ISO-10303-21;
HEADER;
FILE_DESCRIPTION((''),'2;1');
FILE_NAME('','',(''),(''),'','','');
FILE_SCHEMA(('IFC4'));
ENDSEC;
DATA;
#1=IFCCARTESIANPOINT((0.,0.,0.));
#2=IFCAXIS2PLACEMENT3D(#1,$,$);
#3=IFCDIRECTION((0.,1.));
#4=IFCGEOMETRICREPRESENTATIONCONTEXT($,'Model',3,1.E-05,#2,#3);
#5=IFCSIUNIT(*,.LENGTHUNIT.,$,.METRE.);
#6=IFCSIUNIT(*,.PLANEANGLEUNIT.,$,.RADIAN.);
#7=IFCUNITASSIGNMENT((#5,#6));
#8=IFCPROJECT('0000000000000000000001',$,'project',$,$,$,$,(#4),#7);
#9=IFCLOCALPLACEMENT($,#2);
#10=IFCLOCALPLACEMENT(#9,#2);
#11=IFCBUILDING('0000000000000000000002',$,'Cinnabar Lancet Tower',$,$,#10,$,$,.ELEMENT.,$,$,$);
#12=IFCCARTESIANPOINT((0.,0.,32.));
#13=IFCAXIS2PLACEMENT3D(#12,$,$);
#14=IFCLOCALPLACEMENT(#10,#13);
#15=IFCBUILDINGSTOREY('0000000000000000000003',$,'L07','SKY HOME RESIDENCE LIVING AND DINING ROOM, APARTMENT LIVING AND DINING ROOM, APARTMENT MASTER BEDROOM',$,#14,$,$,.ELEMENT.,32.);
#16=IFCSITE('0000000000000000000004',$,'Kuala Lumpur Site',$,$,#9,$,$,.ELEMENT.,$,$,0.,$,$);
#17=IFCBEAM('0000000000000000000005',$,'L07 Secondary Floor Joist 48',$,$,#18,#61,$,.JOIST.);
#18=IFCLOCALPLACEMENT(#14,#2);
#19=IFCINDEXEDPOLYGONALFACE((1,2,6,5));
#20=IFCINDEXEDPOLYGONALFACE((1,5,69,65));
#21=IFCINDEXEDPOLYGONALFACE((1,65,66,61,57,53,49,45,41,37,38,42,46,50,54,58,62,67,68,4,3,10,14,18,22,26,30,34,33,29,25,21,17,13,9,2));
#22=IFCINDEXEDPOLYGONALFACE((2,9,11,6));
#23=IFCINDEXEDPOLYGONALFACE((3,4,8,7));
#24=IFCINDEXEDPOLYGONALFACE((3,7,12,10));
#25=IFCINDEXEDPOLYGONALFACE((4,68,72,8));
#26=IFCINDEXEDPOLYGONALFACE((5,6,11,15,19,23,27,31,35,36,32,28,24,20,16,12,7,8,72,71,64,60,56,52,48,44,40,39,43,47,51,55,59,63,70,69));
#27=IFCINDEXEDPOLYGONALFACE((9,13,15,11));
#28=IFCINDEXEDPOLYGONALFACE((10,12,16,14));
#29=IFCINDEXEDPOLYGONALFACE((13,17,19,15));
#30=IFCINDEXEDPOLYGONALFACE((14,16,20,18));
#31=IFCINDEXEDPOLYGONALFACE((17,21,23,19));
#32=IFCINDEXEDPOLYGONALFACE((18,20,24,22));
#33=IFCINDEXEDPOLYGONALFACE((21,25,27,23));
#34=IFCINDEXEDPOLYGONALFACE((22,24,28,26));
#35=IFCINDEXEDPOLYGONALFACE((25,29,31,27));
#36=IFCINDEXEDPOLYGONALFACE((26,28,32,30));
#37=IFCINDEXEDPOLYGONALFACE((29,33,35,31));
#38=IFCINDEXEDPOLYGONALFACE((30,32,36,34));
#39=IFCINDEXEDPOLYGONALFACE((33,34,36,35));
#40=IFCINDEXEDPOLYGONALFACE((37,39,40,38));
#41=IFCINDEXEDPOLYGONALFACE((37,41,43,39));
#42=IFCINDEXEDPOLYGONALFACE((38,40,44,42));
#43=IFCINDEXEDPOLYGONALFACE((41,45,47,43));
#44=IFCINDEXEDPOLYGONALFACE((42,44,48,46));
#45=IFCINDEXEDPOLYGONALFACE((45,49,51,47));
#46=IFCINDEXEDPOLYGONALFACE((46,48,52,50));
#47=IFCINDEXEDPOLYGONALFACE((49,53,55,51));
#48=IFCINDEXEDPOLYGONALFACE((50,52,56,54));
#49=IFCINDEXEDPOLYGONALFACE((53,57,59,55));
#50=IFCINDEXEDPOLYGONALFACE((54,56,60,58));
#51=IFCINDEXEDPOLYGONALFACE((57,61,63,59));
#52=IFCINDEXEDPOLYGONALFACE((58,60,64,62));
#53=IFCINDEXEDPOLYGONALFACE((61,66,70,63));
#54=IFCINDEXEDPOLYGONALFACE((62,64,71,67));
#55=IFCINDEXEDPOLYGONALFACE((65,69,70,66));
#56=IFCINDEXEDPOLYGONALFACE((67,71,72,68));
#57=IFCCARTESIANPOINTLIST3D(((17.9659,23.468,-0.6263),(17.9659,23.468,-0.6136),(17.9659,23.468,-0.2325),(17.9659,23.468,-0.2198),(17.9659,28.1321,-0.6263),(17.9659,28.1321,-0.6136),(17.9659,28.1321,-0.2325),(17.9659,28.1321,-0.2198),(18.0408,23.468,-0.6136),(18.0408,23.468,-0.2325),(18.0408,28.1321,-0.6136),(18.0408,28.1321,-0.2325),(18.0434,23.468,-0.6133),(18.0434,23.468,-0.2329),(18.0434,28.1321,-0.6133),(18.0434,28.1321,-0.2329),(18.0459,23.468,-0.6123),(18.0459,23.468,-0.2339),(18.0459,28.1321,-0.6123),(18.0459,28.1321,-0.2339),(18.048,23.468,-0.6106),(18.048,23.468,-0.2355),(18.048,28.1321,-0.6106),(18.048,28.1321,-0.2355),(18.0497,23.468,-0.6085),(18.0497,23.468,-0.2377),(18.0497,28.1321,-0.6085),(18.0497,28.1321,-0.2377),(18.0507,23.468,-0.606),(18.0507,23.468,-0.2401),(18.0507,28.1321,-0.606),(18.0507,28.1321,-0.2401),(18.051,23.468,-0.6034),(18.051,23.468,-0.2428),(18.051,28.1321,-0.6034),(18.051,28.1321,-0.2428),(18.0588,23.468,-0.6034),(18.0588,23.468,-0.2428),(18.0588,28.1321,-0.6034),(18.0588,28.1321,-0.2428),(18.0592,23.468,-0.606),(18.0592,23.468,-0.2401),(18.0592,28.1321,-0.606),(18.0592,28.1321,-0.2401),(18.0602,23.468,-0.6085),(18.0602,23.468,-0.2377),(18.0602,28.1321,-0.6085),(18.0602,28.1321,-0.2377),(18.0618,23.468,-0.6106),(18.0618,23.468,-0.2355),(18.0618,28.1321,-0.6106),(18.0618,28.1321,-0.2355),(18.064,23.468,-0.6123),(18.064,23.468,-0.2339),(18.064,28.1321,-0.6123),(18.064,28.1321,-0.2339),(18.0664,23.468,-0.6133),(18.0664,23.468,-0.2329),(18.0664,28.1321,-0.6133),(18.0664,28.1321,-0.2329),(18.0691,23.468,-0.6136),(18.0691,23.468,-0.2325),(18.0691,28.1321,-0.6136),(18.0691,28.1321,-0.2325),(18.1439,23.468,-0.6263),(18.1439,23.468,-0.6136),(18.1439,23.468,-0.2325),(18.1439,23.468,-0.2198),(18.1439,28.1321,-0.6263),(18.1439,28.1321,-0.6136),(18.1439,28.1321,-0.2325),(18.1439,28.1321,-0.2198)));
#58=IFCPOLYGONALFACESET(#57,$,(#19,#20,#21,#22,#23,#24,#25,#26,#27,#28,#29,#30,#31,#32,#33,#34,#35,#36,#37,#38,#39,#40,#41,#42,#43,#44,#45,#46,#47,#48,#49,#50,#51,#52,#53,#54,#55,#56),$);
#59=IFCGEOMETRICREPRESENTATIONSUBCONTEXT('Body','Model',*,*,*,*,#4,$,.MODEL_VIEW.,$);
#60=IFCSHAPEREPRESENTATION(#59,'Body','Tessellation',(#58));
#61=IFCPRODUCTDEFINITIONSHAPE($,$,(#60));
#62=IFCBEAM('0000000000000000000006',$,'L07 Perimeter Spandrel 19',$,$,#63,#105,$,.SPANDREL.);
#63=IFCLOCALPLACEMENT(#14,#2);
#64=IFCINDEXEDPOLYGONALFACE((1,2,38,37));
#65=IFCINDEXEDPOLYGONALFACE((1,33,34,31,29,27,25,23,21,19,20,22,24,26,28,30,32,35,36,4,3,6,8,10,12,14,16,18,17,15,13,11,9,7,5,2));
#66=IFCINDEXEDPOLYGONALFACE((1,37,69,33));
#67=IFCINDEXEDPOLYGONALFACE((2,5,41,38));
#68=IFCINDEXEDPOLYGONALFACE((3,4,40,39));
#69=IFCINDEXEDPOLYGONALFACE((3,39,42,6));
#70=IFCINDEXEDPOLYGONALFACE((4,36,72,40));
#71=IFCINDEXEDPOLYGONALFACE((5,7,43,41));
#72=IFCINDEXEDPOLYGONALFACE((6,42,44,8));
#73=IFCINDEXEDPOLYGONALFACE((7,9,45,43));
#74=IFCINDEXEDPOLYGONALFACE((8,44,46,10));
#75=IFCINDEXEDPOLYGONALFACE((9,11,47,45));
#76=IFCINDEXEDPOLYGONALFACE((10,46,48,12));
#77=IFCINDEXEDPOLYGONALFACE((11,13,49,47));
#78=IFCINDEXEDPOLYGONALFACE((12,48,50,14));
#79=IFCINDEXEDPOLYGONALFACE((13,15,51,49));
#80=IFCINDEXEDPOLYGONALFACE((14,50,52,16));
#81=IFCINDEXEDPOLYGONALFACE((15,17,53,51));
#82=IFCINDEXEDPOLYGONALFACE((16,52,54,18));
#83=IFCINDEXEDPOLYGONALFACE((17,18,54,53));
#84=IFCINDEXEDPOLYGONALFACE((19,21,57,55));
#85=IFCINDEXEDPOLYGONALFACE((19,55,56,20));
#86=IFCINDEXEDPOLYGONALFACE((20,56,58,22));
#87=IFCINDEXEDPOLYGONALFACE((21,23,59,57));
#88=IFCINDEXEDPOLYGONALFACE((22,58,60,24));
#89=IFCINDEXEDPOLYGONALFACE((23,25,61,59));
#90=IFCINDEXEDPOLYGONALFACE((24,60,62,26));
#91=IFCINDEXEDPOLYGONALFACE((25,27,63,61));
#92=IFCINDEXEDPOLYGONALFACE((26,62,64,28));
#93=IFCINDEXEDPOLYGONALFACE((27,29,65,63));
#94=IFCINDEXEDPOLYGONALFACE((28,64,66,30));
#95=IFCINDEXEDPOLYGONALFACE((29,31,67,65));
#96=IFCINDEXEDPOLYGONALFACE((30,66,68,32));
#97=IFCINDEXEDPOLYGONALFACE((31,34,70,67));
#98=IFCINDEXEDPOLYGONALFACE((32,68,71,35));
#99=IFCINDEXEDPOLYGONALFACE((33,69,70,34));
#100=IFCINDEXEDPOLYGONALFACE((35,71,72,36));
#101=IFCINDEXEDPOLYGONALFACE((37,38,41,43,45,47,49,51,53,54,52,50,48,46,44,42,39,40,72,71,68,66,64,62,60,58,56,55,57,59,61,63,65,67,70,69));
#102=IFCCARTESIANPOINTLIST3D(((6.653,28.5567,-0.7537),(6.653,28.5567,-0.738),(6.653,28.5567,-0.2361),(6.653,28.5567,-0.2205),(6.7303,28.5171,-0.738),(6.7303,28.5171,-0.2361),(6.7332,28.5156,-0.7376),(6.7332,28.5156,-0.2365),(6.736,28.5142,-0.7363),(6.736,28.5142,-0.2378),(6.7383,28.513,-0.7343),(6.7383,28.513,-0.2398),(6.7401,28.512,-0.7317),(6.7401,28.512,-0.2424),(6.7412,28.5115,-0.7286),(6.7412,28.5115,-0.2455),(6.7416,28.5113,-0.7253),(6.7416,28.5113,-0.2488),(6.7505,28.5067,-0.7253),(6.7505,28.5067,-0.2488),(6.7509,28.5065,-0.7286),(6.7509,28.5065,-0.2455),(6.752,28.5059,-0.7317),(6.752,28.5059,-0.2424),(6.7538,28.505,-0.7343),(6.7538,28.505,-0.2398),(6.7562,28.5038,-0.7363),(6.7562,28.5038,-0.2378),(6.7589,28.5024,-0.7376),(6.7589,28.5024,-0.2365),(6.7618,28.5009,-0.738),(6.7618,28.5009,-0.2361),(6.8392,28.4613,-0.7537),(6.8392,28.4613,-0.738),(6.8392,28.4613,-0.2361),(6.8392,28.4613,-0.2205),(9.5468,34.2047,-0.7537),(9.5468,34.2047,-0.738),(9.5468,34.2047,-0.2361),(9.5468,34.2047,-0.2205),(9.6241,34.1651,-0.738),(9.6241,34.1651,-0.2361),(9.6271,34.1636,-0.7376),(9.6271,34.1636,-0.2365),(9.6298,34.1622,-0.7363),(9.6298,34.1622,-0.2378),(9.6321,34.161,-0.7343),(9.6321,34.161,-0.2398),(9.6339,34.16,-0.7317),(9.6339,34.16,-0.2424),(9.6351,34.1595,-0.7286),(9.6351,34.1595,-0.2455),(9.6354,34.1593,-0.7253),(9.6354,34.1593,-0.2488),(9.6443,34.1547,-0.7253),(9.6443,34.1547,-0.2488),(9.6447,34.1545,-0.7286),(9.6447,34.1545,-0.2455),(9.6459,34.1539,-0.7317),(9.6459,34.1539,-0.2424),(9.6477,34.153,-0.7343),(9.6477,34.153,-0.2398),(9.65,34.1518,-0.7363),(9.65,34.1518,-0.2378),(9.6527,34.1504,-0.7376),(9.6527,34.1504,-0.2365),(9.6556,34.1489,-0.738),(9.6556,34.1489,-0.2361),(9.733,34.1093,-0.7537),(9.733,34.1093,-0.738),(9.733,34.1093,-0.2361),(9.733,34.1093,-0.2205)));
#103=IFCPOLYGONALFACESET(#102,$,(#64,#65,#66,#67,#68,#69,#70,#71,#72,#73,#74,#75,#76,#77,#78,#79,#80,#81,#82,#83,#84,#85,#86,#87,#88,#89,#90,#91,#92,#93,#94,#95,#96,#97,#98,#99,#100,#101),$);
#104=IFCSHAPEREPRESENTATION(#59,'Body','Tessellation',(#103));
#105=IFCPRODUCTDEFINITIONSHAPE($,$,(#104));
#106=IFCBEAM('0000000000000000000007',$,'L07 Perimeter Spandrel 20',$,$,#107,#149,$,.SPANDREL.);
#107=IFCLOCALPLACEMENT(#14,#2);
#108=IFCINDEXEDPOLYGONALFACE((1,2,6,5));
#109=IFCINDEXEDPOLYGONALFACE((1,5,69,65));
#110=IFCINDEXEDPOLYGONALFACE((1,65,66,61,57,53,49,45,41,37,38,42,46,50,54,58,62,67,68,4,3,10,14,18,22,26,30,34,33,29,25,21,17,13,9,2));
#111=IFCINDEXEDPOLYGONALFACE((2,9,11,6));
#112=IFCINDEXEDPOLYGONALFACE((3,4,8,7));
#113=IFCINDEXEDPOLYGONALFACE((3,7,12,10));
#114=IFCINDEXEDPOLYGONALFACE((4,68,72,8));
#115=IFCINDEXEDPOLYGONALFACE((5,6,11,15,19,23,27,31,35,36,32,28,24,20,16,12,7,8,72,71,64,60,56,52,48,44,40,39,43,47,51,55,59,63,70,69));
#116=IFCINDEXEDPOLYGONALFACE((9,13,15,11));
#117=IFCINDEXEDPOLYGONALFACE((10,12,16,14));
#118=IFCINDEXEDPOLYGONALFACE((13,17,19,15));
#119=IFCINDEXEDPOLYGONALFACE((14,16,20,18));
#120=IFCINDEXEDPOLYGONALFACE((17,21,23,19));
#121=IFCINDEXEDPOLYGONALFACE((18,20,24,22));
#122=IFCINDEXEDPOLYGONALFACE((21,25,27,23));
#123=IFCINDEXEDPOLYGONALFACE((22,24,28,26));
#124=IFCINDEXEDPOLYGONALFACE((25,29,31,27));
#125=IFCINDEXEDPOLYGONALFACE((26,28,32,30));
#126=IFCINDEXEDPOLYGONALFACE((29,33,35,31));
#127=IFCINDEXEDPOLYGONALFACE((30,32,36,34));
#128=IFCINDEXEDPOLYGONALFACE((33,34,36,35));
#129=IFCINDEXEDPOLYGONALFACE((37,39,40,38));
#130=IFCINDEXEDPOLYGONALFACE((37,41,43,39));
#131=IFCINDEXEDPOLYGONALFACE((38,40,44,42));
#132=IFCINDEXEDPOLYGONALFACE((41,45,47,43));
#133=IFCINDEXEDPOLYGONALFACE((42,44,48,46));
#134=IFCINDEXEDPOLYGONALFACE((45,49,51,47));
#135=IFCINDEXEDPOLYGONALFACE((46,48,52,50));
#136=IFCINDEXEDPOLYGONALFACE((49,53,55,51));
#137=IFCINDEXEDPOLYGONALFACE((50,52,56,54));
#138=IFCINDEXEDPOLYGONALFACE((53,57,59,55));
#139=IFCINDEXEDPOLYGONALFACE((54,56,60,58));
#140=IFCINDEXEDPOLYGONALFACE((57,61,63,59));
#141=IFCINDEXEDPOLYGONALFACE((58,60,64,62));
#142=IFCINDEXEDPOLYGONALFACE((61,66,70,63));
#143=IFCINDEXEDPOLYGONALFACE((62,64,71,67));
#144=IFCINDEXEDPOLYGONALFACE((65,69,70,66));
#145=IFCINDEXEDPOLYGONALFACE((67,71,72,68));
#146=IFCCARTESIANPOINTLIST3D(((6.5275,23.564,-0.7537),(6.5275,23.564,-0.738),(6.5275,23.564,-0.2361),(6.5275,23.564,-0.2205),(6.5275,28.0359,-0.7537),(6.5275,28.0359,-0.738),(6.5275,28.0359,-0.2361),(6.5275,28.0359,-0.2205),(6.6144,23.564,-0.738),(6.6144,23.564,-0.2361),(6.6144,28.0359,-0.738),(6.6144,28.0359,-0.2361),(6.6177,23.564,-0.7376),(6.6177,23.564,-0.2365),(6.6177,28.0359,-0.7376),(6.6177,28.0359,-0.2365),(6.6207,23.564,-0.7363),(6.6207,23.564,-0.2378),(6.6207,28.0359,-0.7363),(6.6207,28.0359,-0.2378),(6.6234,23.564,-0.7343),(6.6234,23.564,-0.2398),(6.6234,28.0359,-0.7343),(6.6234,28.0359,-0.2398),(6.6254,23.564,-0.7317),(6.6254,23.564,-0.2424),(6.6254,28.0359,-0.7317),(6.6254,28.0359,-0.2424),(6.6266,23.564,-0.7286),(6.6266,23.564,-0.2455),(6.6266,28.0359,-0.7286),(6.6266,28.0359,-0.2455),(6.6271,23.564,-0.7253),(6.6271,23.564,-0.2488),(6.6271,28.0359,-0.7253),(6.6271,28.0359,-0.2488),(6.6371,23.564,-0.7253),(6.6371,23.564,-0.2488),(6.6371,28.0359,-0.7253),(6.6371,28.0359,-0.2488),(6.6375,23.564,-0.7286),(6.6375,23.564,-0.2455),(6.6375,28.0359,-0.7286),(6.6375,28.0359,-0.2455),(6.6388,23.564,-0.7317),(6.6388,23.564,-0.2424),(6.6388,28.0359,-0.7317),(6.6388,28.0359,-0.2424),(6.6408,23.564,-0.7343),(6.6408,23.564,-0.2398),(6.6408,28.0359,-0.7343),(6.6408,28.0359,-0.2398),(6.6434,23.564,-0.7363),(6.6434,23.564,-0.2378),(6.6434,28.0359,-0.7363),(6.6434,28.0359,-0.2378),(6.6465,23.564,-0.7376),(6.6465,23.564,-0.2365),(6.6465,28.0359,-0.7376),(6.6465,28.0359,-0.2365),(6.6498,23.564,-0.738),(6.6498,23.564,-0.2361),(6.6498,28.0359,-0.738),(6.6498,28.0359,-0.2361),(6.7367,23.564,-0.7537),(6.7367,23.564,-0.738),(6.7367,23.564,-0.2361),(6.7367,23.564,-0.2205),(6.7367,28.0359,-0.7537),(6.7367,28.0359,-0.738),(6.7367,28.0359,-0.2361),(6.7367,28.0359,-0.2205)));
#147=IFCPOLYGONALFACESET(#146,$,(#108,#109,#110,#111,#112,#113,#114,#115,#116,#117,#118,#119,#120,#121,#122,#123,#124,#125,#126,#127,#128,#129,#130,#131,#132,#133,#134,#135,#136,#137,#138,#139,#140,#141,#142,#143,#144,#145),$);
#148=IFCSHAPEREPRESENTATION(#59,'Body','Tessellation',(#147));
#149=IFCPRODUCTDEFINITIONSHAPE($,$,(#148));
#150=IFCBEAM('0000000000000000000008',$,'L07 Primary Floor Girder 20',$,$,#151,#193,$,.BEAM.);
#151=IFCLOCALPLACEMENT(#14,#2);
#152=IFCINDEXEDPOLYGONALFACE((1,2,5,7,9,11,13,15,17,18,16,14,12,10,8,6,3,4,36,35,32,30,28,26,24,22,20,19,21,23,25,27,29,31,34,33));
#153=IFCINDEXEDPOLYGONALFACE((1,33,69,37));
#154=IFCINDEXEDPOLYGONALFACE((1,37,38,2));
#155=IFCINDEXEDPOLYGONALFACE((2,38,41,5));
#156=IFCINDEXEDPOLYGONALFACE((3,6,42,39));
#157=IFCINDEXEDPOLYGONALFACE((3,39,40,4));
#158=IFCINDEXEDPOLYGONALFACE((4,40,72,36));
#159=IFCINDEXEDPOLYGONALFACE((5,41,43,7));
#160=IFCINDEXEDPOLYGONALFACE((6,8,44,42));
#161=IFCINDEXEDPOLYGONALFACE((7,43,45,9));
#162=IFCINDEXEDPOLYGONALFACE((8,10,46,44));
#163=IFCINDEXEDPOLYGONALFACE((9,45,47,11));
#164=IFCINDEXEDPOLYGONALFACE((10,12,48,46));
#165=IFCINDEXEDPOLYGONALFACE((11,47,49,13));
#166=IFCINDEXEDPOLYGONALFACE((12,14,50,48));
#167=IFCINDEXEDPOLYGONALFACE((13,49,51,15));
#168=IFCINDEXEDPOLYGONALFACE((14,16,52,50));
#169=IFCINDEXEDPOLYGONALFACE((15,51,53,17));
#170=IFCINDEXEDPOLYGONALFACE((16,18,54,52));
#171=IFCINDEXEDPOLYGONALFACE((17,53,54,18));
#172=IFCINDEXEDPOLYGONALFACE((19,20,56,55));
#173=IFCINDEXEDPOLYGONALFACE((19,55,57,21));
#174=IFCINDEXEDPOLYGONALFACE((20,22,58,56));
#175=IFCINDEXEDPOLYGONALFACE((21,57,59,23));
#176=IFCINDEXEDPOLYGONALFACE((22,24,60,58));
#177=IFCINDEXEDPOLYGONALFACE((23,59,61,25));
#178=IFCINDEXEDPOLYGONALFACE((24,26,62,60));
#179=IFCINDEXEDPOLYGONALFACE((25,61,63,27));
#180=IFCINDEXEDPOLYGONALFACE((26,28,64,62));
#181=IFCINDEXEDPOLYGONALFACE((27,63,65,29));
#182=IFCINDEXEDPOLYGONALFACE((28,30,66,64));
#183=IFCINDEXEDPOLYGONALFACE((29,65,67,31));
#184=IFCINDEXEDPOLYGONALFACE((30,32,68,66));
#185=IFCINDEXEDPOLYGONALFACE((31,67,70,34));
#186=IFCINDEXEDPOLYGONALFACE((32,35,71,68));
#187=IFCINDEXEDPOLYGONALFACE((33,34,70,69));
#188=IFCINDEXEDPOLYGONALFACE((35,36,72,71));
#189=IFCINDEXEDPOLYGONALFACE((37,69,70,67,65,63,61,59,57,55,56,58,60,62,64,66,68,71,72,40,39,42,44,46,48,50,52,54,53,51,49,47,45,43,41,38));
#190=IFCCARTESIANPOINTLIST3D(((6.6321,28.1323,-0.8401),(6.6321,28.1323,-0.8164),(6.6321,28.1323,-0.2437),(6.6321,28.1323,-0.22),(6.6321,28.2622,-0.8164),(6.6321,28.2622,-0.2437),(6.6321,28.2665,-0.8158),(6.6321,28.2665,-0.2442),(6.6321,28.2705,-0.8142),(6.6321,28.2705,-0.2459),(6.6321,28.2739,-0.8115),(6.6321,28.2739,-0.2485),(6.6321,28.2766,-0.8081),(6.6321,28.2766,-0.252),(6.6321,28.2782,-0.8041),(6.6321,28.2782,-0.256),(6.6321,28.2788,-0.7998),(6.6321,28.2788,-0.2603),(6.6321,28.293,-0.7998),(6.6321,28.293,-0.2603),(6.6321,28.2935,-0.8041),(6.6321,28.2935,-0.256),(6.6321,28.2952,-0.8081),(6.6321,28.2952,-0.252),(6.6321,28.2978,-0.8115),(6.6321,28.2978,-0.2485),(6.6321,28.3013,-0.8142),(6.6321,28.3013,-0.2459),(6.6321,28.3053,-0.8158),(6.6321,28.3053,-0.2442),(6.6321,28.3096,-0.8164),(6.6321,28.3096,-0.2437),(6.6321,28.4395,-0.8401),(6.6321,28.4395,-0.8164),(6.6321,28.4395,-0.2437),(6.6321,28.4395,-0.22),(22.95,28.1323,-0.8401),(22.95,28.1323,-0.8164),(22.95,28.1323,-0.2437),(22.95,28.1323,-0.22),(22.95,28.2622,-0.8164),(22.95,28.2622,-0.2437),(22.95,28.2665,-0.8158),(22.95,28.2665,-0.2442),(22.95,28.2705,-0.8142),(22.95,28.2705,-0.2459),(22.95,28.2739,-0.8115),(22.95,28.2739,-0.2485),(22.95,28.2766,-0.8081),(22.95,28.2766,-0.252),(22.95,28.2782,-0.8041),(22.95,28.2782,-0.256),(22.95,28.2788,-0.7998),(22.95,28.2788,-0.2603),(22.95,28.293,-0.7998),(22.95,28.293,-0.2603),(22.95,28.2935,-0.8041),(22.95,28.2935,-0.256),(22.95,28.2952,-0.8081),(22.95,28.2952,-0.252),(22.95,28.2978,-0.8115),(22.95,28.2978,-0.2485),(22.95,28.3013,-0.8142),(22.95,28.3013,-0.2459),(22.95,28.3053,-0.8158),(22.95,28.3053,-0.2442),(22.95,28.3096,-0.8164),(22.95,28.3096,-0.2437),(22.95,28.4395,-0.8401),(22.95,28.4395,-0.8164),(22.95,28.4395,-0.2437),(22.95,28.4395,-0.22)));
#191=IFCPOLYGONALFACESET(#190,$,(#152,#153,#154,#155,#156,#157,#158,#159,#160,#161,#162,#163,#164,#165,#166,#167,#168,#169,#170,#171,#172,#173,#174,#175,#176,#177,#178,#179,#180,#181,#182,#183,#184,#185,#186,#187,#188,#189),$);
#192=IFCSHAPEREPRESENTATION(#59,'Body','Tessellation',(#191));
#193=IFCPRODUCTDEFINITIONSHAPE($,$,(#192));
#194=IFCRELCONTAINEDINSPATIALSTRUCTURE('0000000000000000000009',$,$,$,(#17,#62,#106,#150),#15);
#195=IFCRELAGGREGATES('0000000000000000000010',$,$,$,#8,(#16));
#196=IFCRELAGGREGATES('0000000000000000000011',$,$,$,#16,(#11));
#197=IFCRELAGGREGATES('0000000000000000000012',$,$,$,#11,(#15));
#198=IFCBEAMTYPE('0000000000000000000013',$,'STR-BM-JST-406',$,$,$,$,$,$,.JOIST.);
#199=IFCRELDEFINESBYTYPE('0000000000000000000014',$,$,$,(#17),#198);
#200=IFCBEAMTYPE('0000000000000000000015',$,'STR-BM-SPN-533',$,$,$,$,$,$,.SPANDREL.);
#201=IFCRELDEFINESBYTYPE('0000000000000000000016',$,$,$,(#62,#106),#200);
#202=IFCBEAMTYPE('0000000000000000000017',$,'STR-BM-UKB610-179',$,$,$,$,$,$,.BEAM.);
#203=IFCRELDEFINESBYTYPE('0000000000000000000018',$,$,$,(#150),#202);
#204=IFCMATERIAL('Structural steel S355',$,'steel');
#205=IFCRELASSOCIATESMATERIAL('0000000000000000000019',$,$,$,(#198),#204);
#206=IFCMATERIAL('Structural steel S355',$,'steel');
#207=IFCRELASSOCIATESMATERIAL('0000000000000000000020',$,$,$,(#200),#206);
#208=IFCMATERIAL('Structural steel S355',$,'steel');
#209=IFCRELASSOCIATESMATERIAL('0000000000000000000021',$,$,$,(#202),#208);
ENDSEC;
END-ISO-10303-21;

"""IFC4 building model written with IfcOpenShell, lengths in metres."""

from ifc_helpers import new_model, si_unit, direction, frame, origin, origin_2d, place, context, subcontext, project, spatial, i_section, extrude, material, material_profile, profile_set, type_object, element, save


model = new_model("IFC4")

# Units and contexts
model_context = context("Model", 3, precision=1e-05, world=origin(), true_north=direction((0.0, 1.0)))
body_context = subcontext(model_context, "Body", "Model", "MODEL_VIEW")
ifc_project = project(units=[si_unit("LENGTHUNIT", "METRE"), si_unit("PLANEANGLEUNIT", "RADIAN")], contexts=[model_context])

# Site, building, storey
site_placement = place(None, origin())
site = spatial("IfcSite", under=ifc_project, at=site_placement, Name="Kuala Lumpur Site", CompositionType="ELEMENT", RefElevation=0.0)
building_placement = place(site_placement, origin())
building = spatial("IfcBuilding", under=site, at=building_placement, Name="Cinnabar Lancet Tower", CompositionType="ELEMENT")
storey_placement = place(building_placement, frame((0.0, 0.0, 32.0)))
storey = spatial("IfcBuildingStorey", under=building, at=storey_placement, Name="L07", Description="SKY HOME RESIDENCE LIVING AND DINING ROOM, APARTMENT LIVING AND DINING ROOM, APARTMENT MASTER BEDROOM", CompositionType="ELEMENT", Elevation=32.0)

# Beams
ifc_material_1 = material(Name="Structural steel S355", Category="steel")
ifc_material_profile_1 = material_profile(ifc_material_1, i_section(OverallWidth=0.178, OverallDepth=0.4065, WebThickness=0.0078, FlangeThickness=0.0127, FilletRadius=0.0103, at=origin_2d()), Name="UKB 406x178x60")
ifc_profile_set_1 = profile_set([ifc_material_profile_1], Name="Structural steel S355")
beam_type_1 = type_object("IfcBeamType", Name="STR-BM-JST-406", PredefinedType="JOIST", material=ifc_profile_set_1)
for number, where, z_axis, x_axis, name in (
    (1, (18.0549, 28.1321, -0.4231), (0.0, -1.0, 0.0), (1.0, 0.0, 0.0), "L07 Secondary Floor Joist 48"),
):
    element("IfcBeam", number, at=place(storey_placement, frame(where, z_axis=z_axis, x_axis=x_axis)), inside=storey, type_object=beam_type_1, Name=name, PredefinedType="JOIST", context=body_context, shape_type="SweptSolid", body=[
        extrude(i_section(OverallWidth=0.178, OverallDepth=0.4065, WebThickness=0.0078, FlangeThickness=0.0127, FilletRadius=0.0103, at=origin_2d()), origin(), (0.0, 0.0, 1.0), 4.6641),
    ])
ifc_material_2 = material(Name="Structural steel S355", Category="steel")
ifc_material_profile_2 = material_profile(ifc_material_2, i_section(OverallWidth=0.2092, OverallDepth=0.5332, WebThickness=0.01, FlangeThickness=0.0156, FilletRadius=0.0127, at=origin_2d()), Name="UKB 533x210x92")
ifc_profile_set_2 = profile_set([ifc_material_profile_2], Name="Structural steel S355")
beam_type_2 = type_object("IfcBeamType", Name="STR-BM-SPN-533", PredefinedType="SPANDREL", material=ifc_profile_set_2)
beam_1_placement = place(storey_placement, frame((9.6399, 34.157, -0.4871), z_axis=(-0.455994, -0.889983, 0.0), x_axis=(0.889983, -0.455994, 0.0)))
element("IfcBeam", 2, at=beam_1_placement, inside=storey, type_object=beam_type_2, Name="L07 Perimeter Spandrel 19", PredefinedType="SPANDREL", context=body_context, shape_type="SweptSolid", body=[
    extrude(i_section(OverallWidth=0.2092, OverallDepth=0.5332, WebThickness=0.01, FlangeThickness=0.0156, FilletRadius=0.0127, at=origin_2d()), origin(), (0.0, 0.0, 1.0), 6.3462),
])
beam_2_placement = place(storey_placement, frame((6.6321, 28.0359, -0.4871), z_axis=(0.0, -1.0, 0.0), x_axis=(1.0, 0.0, 0.0)))
element("IfcBeam", 3, at=beam_2_placement, inside=storey, type_object=beam_type_2, Name="L07 Perimeter Spandrel 20", PredefinedType="SPANDREL", context=body_context, shape_type="SweptSolid", body=[
    extrude(i_section(OverallWidth=0.2092, OverallDepth=0.5332, WebThickness=0.01, FlangeThickness=0.0156, FilletRadius=0.0127, at=origin_2d()), origin(), (0.0, 0.0, 1.0), 4.4719),
])
ifc_material_3 = material(Name="Structural steel S355", Category="steel")
ifc_material_profile_3 = material_profile(ifc_material_3, i_section(OverallWidth=0.3071, OverallDepth=0.6201, WebThickness=0.0142, FlangeThickness=0.0237, FilletRadius=0.0166, at=origin_2d()), Name="UKB 610x305x179")
ifc_profile_set_3 = profile_set([ifc_material_profile_3], Name="Structural steel S355")
beam_type_3 = type_object("IfcBeamType", Name="STR-BM-UKB610-179", PredefinedType="BEAM", material=ifc_profile_set_3)
beam_3_placement = place(storey_placement, frame((6.6321, 28.2859, -0.53), z_axis=(1.0, 0.0, 0.0), x_axis=(0.0, 1.0, 0.0)))
element("IfcBeam", 4, at=beam_3_placement, inside=storey, type_object=beam_type_3, Name="L07 Primary Floor Girder 20", PredefinedType="BEAM", context=body_context, shape_type="SweptSolid", body=[
    extrude(i_section(OverallWidth=0.3071, OverallDepth=0.6201, WebThickness=0.0142, FlangeThickness=0.0237, FilletRadius=0.0166, at=origin_2d()), origin(), (0.0, 0.0, 1.0), 16.3179),
])

save(model, "model.ifc")
